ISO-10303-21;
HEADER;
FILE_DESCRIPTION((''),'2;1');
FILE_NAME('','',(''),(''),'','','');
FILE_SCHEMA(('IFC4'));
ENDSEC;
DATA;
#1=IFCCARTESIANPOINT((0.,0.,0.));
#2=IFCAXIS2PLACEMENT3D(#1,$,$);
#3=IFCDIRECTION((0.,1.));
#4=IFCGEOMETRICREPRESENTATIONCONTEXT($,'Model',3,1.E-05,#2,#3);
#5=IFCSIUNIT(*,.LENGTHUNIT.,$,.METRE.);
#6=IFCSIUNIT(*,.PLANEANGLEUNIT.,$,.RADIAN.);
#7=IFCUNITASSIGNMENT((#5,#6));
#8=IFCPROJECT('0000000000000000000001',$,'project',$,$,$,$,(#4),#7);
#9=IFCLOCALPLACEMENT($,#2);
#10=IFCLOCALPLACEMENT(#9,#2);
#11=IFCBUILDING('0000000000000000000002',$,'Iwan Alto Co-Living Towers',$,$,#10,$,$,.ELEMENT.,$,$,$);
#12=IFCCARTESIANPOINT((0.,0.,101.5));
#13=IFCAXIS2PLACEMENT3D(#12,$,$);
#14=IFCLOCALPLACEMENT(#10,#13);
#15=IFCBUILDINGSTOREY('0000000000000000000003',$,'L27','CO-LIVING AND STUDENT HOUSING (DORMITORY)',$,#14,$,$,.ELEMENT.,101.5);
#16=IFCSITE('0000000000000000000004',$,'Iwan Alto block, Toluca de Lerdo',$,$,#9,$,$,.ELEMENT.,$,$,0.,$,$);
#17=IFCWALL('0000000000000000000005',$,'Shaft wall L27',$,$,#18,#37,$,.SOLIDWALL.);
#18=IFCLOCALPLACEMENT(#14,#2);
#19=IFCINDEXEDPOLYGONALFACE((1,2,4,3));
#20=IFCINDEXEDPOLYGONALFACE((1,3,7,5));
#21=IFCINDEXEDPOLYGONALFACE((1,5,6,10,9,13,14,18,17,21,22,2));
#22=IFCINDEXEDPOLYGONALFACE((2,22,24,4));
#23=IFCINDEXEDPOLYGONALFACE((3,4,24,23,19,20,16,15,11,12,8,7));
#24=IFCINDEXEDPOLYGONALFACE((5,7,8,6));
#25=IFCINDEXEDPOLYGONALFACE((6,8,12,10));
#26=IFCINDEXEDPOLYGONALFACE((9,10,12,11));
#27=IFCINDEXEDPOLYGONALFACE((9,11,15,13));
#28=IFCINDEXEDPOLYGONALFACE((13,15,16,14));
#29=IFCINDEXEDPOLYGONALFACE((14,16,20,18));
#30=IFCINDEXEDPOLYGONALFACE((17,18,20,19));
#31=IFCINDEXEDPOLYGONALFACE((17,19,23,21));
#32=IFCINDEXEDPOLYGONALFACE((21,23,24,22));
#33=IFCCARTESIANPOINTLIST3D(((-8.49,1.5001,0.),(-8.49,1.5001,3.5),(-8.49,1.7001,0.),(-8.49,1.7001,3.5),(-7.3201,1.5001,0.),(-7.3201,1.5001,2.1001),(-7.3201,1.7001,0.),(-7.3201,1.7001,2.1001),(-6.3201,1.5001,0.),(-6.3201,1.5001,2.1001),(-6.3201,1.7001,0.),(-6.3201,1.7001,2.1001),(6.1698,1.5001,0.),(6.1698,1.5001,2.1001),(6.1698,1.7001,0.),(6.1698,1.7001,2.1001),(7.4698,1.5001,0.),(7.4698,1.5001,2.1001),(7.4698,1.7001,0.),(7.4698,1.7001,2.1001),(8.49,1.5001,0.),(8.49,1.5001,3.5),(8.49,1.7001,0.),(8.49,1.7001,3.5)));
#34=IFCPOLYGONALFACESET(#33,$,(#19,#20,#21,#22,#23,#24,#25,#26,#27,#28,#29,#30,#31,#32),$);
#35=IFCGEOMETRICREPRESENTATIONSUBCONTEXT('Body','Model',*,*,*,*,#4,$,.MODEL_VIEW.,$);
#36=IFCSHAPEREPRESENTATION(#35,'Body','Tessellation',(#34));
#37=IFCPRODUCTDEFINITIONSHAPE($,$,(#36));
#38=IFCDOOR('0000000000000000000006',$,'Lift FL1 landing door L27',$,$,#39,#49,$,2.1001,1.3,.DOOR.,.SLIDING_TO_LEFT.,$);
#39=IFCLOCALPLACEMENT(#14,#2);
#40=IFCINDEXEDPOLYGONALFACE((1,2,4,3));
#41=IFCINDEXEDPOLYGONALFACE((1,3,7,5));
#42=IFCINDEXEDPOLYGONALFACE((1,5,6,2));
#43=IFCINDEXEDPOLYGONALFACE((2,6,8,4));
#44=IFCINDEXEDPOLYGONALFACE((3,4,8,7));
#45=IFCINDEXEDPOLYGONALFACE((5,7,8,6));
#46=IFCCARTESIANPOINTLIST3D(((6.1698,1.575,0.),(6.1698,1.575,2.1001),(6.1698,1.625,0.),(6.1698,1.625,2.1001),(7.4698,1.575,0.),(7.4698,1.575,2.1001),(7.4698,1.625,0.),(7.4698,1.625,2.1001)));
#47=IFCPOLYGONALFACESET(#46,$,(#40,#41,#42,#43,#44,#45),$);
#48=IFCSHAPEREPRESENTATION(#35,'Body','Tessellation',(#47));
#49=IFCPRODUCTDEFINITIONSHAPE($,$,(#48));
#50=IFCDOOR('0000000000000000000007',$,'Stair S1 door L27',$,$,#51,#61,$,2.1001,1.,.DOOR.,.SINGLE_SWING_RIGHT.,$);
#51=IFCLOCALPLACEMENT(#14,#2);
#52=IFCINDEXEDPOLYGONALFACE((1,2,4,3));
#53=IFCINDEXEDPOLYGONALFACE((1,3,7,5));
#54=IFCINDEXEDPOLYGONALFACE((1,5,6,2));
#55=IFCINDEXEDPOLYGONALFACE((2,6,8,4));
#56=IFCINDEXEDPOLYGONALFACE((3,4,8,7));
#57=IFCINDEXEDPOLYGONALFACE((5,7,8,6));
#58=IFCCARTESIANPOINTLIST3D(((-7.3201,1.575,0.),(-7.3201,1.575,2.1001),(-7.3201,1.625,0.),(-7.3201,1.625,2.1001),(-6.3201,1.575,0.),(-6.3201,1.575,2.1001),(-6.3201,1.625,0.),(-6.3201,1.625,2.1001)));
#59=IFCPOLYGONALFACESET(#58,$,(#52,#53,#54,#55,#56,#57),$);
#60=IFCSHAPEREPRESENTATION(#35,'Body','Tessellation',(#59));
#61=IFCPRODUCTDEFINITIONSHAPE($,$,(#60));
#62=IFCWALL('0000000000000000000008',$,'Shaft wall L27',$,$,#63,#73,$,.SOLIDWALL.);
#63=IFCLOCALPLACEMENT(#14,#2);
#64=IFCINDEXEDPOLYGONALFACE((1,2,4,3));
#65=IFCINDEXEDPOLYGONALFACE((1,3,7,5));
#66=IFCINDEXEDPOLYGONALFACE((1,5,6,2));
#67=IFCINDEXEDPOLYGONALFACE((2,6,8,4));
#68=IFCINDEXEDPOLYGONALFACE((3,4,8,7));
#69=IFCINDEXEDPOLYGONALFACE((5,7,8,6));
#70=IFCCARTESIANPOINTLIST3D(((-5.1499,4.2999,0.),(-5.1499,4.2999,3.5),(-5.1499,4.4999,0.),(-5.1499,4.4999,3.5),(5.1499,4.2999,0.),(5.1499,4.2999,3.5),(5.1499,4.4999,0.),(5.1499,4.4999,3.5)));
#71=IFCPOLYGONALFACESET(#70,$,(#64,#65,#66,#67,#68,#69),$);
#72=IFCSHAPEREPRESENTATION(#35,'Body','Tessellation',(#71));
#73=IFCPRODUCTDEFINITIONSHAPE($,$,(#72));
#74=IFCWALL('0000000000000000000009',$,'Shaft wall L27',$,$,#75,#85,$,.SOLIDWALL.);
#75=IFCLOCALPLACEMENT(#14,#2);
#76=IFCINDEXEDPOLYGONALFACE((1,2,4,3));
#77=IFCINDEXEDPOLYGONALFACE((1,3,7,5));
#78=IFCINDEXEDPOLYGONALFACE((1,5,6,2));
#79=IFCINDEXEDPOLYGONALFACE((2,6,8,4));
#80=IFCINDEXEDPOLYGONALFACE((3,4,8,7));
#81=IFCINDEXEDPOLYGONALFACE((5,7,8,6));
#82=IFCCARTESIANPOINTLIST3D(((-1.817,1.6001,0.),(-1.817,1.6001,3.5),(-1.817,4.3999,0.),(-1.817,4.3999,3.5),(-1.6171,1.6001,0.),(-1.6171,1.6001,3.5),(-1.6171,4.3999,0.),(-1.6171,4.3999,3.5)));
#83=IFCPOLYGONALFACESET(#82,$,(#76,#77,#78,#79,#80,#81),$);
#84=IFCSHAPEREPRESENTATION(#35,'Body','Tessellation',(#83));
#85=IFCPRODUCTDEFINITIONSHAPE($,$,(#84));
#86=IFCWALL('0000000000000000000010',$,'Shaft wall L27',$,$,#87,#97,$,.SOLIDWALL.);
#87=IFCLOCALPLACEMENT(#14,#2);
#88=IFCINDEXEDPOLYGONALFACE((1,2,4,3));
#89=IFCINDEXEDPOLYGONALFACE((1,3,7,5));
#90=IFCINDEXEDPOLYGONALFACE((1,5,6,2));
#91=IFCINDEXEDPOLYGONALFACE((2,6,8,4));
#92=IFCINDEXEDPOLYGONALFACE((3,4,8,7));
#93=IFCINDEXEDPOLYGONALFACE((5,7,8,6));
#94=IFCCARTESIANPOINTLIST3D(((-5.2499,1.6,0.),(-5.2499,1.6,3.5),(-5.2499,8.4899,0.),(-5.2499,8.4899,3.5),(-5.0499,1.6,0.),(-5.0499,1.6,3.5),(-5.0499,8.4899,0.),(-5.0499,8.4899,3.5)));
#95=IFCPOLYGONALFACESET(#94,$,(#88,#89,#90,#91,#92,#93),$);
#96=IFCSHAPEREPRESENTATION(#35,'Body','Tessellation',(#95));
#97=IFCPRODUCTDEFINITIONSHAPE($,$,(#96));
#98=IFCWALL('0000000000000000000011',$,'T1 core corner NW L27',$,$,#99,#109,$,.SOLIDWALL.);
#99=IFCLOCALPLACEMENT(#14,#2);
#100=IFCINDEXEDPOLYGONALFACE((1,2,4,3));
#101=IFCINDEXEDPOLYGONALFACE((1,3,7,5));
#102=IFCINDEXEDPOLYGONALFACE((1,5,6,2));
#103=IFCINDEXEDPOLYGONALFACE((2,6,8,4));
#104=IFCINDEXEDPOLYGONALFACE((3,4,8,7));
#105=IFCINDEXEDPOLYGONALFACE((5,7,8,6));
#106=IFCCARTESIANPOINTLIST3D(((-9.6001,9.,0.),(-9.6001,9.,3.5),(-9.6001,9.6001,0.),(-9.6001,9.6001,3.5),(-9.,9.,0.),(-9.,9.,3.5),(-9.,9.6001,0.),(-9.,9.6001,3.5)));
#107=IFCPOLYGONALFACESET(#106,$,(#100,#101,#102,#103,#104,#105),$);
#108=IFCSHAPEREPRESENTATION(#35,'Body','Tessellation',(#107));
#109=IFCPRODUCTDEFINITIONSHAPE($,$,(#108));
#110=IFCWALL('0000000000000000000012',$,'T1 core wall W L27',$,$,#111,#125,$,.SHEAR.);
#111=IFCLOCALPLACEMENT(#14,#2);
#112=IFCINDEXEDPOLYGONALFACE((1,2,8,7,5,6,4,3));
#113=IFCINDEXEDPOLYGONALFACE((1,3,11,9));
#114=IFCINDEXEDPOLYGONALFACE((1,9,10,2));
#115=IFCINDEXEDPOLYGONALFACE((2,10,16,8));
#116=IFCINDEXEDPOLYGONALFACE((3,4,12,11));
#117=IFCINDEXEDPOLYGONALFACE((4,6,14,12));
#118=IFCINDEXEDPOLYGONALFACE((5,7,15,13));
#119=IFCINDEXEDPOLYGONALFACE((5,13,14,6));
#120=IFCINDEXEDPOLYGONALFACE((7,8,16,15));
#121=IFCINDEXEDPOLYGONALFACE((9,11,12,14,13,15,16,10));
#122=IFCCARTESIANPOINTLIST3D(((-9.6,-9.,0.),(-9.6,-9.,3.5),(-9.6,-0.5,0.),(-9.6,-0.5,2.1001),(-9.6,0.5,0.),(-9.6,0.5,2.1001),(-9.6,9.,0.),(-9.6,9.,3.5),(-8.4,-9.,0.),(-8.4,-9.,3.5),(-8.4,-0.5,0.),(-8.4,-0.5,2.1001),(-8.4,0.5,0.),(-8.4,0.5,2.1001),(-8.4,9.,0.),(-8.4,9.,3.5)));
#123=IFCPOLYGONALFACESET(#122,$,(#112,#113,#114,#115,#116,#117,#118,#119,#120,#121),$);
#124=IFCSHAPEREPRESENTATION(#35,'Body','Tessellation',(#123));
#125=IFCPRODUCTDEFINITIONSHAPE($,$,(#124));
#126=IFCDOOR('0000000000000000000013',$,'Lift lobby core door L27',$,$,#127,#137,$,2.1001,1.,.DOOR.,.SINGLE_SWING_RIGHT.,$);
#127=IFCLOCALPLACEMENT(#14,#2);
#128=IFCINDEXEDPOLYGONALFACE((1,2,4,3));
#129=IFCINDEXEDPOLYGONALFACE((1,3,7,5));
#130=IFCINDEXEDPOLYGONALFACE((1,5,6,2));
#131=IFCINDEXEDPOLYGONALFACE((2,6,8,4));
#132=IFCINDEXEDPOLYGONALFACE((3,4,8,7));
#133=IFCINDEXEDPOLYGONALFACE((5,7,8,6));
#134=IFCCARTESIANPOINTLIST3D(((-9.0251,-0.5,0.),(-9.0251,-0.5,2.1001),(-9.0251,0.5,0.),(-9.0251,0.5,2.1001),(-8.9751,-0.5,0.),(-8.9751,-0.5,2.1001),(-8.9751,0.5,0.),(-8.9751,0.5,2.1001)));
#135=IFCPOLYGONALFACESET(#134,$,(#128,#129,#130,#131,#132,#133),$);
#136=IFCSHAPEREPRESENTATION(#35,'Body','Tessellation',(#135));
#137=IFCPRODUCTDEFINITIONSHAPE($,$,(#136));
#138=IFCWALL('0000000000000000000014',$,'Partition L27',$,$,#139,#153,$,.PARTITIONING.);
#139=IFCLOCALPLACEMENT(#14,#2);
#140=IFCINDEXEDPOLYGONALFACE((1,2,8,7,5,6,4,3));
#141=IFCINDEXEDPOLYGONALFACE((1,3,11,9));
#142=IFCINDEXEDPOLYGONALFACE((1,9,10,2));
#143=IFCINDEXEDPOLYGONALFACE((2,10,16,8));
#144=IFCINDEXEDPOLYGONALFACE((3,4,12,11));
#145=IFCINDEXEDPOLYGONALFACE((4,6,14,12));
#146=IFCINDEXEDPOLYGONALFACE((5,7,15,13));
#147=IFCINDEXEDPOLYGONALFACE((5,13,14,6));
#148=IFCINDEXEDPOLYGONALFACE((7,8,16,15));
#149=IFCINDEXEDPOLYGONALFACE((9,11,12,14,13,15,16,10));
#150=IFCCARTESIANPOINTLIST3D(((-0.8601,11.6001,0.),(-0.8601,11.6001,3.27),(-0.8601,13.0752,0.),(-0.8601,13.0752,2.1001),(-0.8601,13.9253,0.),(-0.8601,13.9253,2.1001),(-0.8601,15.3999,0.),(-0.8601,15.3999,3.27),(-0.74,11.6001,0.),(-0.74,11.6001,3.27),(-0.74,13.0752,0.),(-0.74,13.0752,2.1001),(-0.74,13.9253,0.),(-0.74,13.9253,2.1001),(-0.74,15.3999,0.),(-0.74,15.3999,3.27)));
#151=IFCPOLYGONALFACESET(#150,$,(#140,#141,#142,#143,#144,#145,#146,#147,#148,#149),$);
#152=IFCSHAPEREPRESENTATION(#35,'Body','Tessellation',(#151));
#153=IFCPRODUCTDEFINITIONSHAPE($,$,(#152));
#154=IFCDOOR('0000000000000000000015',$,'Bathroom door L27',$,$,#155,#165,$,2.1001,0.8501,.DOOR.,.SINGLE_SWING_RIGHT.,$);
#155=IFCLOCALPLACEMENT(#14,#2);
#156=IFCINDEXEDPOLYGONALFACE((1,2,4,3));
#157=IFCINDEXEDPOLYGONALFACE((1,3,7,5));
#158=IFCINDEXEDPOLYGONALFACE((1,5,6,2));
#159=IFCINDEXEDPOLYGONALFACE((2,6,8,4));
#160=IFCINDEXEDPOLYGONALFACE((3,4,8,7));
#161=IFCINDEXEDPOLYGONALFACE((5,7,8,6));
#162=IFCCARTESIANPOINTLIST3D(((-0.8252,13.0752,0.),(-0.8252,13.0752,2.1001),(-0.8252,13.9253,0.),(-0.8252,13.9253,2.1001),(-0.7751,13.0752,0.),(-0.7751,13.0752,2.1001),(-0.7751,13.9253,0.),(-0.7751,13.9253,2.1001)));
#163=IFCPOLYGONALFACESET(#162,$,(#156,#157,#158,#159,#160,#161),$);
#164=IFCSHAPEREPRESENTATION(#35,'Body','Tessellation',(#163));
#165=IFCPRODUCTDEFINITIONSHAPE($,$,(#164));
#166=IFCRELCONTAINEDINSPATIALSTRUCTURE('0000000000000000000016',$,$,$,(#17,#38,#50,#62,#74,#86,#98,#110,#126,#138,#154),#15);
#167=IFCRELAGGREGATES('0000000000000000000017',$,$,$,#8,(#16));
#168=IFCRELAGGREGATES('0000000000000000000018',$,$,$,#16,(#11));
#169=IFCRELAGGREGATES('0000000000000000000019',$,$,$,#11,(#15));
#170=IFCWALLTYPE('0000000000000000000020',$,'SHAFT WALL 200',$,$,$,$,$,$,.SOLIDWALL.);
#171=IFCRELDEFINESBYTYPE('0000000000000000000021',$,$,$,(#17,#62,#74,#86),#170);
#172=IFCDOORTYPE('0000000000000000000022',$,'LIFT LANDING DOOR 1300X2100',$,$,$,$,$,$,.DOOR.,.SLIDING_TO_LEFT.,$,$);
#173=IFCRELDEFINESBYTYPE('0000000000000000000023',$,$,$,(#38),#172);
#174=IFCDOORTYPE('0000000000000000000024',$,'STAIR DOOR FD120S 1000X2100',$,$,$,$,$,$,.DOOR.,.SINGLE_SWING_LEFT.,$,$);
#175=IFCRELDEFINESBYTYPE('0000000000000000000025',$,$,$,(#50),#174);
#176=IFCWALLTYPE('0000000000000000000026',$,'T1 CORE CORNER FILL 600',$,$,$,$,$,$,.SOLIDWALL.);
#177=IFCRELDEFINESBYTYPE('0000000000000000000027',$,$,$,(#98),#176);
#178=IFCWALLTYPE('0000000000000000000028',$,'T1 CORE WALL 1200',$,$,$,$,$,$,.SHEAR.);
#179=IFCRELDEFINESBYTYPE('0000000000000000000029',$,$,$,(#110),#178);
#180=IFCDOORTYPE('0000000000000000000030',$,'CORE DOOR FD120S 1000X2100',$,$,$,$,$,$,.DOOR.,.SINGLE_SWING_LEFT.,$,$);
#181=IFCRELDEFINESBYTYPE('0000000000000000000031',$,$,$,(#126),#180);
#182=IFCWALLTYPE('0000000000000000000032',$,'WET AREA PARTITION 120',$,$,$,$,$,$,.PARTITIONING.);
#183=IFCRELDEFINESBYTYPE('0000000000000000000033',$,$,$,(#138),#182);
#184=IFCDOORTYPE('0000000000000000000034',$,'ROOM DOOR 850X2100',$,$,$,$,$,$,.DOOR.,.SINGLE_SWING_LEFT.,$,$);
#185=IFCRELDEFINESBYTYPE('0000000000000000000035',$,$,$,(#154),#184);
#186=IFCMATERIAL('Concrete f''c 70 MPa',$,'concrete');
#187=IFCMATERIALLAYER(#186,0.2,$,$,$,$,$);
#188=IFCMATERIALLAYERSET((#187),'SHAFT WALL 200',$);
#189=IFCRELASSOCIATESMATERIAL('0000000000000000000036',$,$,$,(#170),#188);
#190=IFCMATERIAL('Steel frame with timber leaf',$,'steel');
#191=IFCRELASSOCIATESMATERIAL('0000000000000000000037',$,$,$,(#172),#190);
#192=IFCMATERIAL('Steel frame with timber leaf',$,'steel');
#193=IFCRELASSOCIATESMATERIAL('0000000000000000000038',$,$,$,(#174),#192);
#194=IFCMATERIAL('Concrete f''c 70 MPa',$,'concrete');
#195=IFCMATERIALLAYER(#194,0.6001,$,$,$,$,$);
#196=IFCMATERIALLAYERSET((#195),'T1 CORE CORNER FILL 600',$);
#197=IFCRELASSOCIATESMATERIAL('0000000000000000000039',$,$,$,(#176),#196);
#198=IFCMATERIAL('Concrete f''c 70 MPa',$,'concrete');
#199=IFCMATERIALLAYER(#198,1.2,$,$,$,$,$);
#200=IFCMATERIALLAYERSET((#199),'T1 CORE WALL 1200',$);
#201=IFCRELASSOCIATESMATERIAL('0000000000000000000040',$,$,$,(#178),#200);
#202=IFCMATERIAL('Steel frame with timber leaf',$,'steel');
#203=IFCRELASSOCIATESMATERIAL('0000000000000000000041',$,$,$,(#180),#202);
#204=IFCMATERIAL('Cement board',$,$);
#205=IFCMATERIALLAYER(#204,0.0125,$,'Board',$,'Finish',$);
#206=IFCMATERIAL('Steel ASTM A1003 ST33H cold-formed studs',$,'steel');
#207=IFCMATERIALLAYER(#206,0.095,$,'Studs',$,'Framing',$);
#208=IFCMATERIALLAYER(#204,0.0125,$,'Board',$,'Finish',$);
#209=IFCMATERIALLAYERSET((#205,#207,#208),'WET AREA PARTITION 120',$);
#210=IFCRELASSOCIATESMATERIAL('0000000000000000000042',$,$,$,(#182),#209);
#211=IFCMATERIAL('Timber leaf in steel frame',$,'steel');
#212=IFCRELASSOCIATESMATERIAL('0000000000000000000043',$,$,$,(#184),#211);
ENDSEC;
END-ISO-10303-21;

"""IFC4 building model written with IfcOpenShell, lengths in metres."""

from ifc_helpers import new_model, si_unit, direction, frame, frame_2d, origin, place, context, subcontext, project, spatial, rectangle, extrude, material, layer, layer_set, type_object, element, fill, save


model = new_model("IFC4")

# Units and contexts
model_context = context("Model", 3, precision=1e-05, world=origin(), true_north=direction((0.0, 1.0)))
body_context = subcontext(model_context, "Body", "Model", "MODEL_VIEW")
ifc_project = project(units=[si_unit("LENGTHUNIT", "METRE"), si_unit("PLANEANGLEUNIT", "RADIAN")], contexts=[model_context])

# Site, building, storey
site_placement = place(None, origin())
site = spatial("IfcSite", under=ifc_project, at=site_placement, Name="Iwan Alto block, Toluca de Lerdo", CompositionType="ELEMENT", RefElevation=0.0)
building_placement = place(site_placement, origin())
building = spatial("IfcBuilding", under=site, at=building_placement, Name="Iwan Alto Co-Living Towers", CompositionType="ELEMENT")
storey_placement = place(building_placement, frame((0.0, 0.0, 101.5)))
storey = spatial("IfcBuildingStorey", under=building, at=storey_placement, Name="L27", Description="CO-LIVING AND STUDENT HOUSING (DORMITORY)", CompositionType="ELEMENT", Elevation=101.5)

# Shared definitions
ifc_material_1 = material(Name="Steel ASTM A1003 ST33H cold-formed studs", Category="steel")

# Wall, openings, doors
ifc_material_2 = material(Name="Concrete f'c 70 MPa", Category="concrete")
ifc_layer_1 = layer(ifc_material_2, 0.2)
ifc_layer_set_1 = layer_set([ifc_layer_1], Name="SHAFT WALL 200")
wall_type_1 = type_object("IfcWallType", Name="SHAFT WALL 200", PredefinedType="SOLIDWALL", material=ifc_layer_set_1)
wall_1_placement = place(storey_placement, frame((-8.49, 1.6001, 0.0), z_axis=(0.0, 0.0, 1.0), x_axis=(1.0, 0.0, 0.0)))
wall_1 = element("IfcWall", 1, at=wall_1_placement, inside=storey, type_object=wall_type_1, Name="Shaft wall L27", PredefinedType="SOLIDWALL", context=body_context, shape_type="SweptSolid", body=[
    extrude(rectangle(XDim=16.98, YDim=0.2, at=frame_2d((8.49, 0.0))), origin(), (0.0, 0.0, 1.0), 3.5),
])
opening_1_placement = place(wall_1_placement, frame((1.1699, 0.0, 0.0)))
opening_1 = element("IfcOpeningElement", 2, at=opening_1_placement, cuts=wall_1, PredefinedType="OPENING", context=body_context, shape_type="SweptSolid", body=[
    extrude(rectangle(XDim=1.0, YDim=2.1001, at=frame_2d((0.5, 1.05))), frame((0.0, 0.1099, 0.0), z_axis=(0.0, -1.0, 0.0), x_axis=(1.0, 0.0, 0.0)), (0.0, 0.0, 1.0), 0.22),
])
opening_2_placement = place(wall_1_placement, frame((14.6599, 0.0, 0.0)))
opening_2 = element("IfcOpeningElement", 3, at=opening_2_placement, cuts=wall_1, PredefinedType="OPENING", context=body_context, shape_type="SweptSolid", body=[
    extrude(rectangle(XDim=1.3, YDim=2.1001, at=frame_2d((0.6499, 1.05))), frame((0.0, 0.1099, 0.0), z_axis=(0.0, -1.0, 0.0), x_axis=(1.0, 0.0, 0.0)), (0.0, 0.0, 1.0), 0.22),
])
ifc_material_3 = material(Name="Steel frame with timber leaf", Category="steel")
door_type_1 = type_object("IfcDoorType", Name="LIFT LANDING DOOR 1300X2100", OperationType="SLIDING_TO_LEFT", PredefinedType="DOOR", material=ifc_material_3)
door_1_placement = place(opening_2_placement, origin())
door_1 = element("IfcDoor", 4, at=door_1_placement, inside=storey, type_object=door_type_1, Name="Lift FL1 landing door L27", OperationType="SLIDING_TO_LEFT", OverallHeight=2.1001, OverallWidth=1.3, PredefinedType="DOOR", context=body_context, shape_type="SweptSolid", body=[
    extrude(rectangle(XDim=1.3, YDim=2.1001, at=frame_2d((0.6499, 1.05))), frame((0.0, 0.0249, 0.0), z_axis=(0.0, -1.0, 0.0), x_axis=(1.0, 0.0, 0.0)), (0.0, 0.0, 1.0), 0.05),
])
fill(opening_2, door_1)
ifc_material_4 = material(Name="Steel frame with timber leaf", Category="steel")
door_type_2 = type_object("IfcDoorType", Name="STAIR DOOR FD120S 1000X2100", OperationType="SINGLE_SWING_LEFT", PredefinedType="DOOR", material=ifc_material_4)
door_2_placement = place(opening_1_placement, origin())
door_2 = element("IfcDoor", 5, at=door_2_placement, inside=storey, type_object=door_type_2, Name="Stair S1 door L27", OperationType="SINGLE_SWING_RIGHT", OverallHeight=2.1001, OverallWidth=1.0, PredefinedType="DOOR", context=body_context, shape_type="SweptSolid", body=[
    extrude(rectangle(XDim=1.0, YDim=2.1001, at=frame_2d((0.5, 1.05))), frame((0.0, 0.0249, 0.0), z_axis=(0.0, -1.0, 0.0), x_axis=(1.0, 0.0, 0.0)), (0.0, 0.0, 1.0), 0.05),
])
fill(opening_1, door_2)

# Walls
wall_2_placement = place(storey_placement, frame((-5.1499, 4.3999, 0.0), z_axis=(0.0, 0.0, 1.0), x_axis=(1.0, 0.0, 0.0)))
element("IfcWall", 6, at=wall_2_placement, inside=storey, type_object=wall_type_1, Name="Shaft wall L27", PredefinedType="SOLIDWALL", context=body_context, shape_type="SweptSolid", body=[
    extrude(rectangle(XDim=10.2998, YDim=0.2, at=frame_2d((5.1499, 0.0))), origin(), (0.0, 0.0, 1.0), 3.5),
])
wall_3_placement = place(storey_placement, frame((-1.717, 1.6001, 0.0), z_axis=(0.0, 0.0, 1.0), x_axis=(0.0, 1.0, 0.0)))
element("IfcWall", 7, at=wall_3_placement, inside=storey, type_object=wall_type_1, Name="Shaft wall L27", PredefinedType="SOLIDWALL", context=body_context, shape_type="SweptSolid", body=[
    extrude(rectangle(XDim=2.7998, YDim=0.2, at=frame_2d((1.3999, 0.0))), origin(), (0.0, 0.0, 1.0), 3.5),
])
wall_4_placement = place(storey_placement, frame((-5.1499, 1.6001, 0.0), z_axis=(0.0, 0.0, 1.0), x_axis=(0.0, 1.0, 0.0)))
element("IfcWall", 8, at=wall_4_placement, inside=storey, type_object=wall_type_1, Name="Shaft wall L27", PredefinedType="SOLIDWALL", context=body_context, shape_type="SweptSolid", body=[
    extrude(rectangle(XDim=6.8899, YDim=0.2, at=frame_2d((3.4448, 0.0))), origin(), (0.0, 0.0, 1.0), 3.5),
])
ifc_material_5 = material(Name="Concrete f'c 70 MPa", Category="concrete")
ifc_layer_2 = layer(ifc_material_5, 0.6001)
ifc_layer_set_2 = layer_set([ifc_layer_2], Name="T1 CORE CORNER FILL 600")
wall_type_2 = type_object("IfcWallType", Name="T1 CORE CORNER FILL 600", PredefinedType="SOLIDWALL", material=ifc_layer_set_2)
wall_5_placement = place(storey_placement, frame((-9.6001, 9.3, 0.0), z_axis=(0.0, 0.0, 1.0), x_axis=(1.0, 0.0, 0.0)))
element("IfcWall", 9, at=wall_5_placement, inside=storey, type_object=wall_type_2, Name="T1 core corner NW L27", PredefinedType="SOLIDWALL", context=body_context, shape_type="SweptSolid", body=[
    extrude(rectangle(XDim=0.6001, YDim=0.6001, at=frame_2d((0.3, 0.0))), origin(), (0.0, 0.0, 1.0), 3.5),
])

# Walls, openings, doors
ifc_material_6 = material(Name="Concrete f'c 70 MPa", Category="concrete")
ifc_layer_3 = layer(ifc_material_6, 1.2)
ifc_layer_set_3 = layer_set([ifc_layer_3], Name="T1 CORE WALL 1200")
wall_type_3 = type_object("IfcWallType", Name="T1 CORE WALL 1200", PredefinedType="SHEAR", material=ifc_layer_set_3)
wall_6_placement = place(storey_placement, frame((-9.0, 9.0, 0.0), z_axis=(0.0, 0.0, 1.0), x_axis=(0.0, -1.0, 0.0)))
wall_6 = element("IfcWall", 10, at=wall_6_placement, inside=storey, type_object=wall_type_3, Name="T1 core wall W L27", PredefinedType="SHEAR", context=body_context, shape_type="SweptSolid", body=[
    extrude(rectangle(XDim=18.0, YDim=1.2, at=frame_2d((9.0, 0.0))), origin(), (0.0, 0.0, 1.0), 3.5),
])
opening_3_placement = place(wall_6_placement, frame((8.5, 0.0, 0.0)))
opening_3 = element("IfcOpeningElement", 11, at=opening_3_placement, cuts=wall_6, PredefinedType="OPENING", context=body_context, shape_type="SweptSolid", body=[
    extrude(rectangle(XDim=1.0, YDim=2.1001, at=frame_2d((0.5, 1.05))), frame((0.0, 0.6099, 0.0), z_axis=(0.0, -1.0, 0.0), x_axis=(1.0, 0.0, 0.0)), (0.0, 0.0, 1.0), 1.22),
])
ifc_material_7 = material(Name="Steel frame with timber leaf", Category="steel")
door_type_3 = type_object("IfcDoorType", Name="CORE DOOR FD120S 1000X2100", OperationType="SINGLE_SWING_LEFT", PredefinedType="DOOR", material=ifc_material_7)
door_3_placement = place(opening_3_placement, origin())
door_3 = element("IfcDoor", 12, at=door_3_placement, inside=storey, type_object=door_type_3, Name="Lift lobby core door L27", OperationType="SINGLE_SWING_RIGHT", OverallHeight=2.1001, OverallWidth=1.0, PredefinedType="DOOR", context=body_context, shape_type="SweptSolid", body=[
    extrude(rectangle(XDim=1.0, YDim=2.1001, at=frame_2d((0.5, 1.05))), frame((0.0, 0.0249, 0.0), z_axis=(0.0, -1.0, 0.0), x_axis=(1.0, 0.0, 0.0)), (0.0, 0.0, 1.0), 0.05),
])
fill(opening_3, door_3)
ifc_material_8 = material(Name="Cement board")
ifc_layer_4 = layer(ifc_material_8, 0.0125, Name="Board", Category="Finish")
ifc_layer_5 = layer(ifc_material_1, 0.095, Name="Studs", Category="Framing")
ifc_layer_6 = layer(ifc_material_8, 0.0125, Name="Board", Category="Finish")
ifc_layer_set_4 = layer_set([ifc_layer_4, ifc_layer_5, ifc_layer_6], Name="WET AREA PARTITION 120")
wall_type_4 = type_object("IfcWallType", Name="WET AREA PARTITION 120", PredefinedType="PARTITIONING", material=ifc_layer_set_4)
wall_7_placement = place(storey_placement, frame((-0.8, 11.6001, 0.0), z_axis=(0.0, 0.0, 1.0), x_axis=(0.0, 1.0, 0.0)))
wall_7 = element("IfcWall", 13, at=wall_7_placement, inside=storey, type_object=wall_type_4, Name="Partition L27", PredefinedType="PARTITIONING", context=body_context, shape_type="SweptSolid", body=[
    extrude(rectangle(XDim=3.7998, YDim=0.1201, at=frame_2d((1.8999, 0.0))), origin(), (0.0, 0.0, 1.0), 3.27),
])
opening_4_placement = place(wall_7_placement, frame((1.4751, 0.0, 0.0)))
opening_4 = element("IfcOpeningElement", 14, at=opening_4_placement, cuts=wall_7, PredefinedType="OPENING", context=body_context, shape_type="SweptSolid", body=[
    extrude(rectangle(XDim=0.8501, YDim=2.1001, at=frame_2d((0.425, 1.05))), frame((0.0, 0.0701, 0.0), z_axis=(0.0, -1.0, 0.0), x_axis=(1.0, 0.0, 0.0)), (0.0, 0.0, 1.0), 0.1401),
])
ifc_material_9 = material(Name="Timber leaf in steel frame", Category="steel")
door_type_4 = type_object("IfcDoorType", Name="ROOM DOOR 850X2100", OperationType="SINGLE_SWING_LEFT", PredefinedType="DOOR", material=ifc_material_9)
door_4_placement = place(opening_4_placement, frame((0.8501, 0.0, 0.0), z_axis=(0.0, 0.0, 1.0), x_axis=(-1.0, 0.0, 0.0)))
door_4 = element("IfcDoor", 15, at=door_4_placement, inside=storey, type_object=door_type_4, Name="Bathroom door L27", OperationType="SINGLE_SWING_RIGHT", OverallHeight=2.1001, OverallWidth=0.8501, PredefinedType="DOOR", context=body_context, shape_type="SweptSolid", body=[
    extrude(rectangle(XDim=0.8501, YDim=2.1001, at=frame_2d((0.425, 1.05))), frame((0.0, 0.0249, 0.0), z_axis=(0.0, -1.0, 0.0), x_axis=(1.0, 0.0, 0.0)), (0.0, 0.0, 1.0), 0.05),
])
fill(opening_4, door_4)

save(model, "model.ifc")
